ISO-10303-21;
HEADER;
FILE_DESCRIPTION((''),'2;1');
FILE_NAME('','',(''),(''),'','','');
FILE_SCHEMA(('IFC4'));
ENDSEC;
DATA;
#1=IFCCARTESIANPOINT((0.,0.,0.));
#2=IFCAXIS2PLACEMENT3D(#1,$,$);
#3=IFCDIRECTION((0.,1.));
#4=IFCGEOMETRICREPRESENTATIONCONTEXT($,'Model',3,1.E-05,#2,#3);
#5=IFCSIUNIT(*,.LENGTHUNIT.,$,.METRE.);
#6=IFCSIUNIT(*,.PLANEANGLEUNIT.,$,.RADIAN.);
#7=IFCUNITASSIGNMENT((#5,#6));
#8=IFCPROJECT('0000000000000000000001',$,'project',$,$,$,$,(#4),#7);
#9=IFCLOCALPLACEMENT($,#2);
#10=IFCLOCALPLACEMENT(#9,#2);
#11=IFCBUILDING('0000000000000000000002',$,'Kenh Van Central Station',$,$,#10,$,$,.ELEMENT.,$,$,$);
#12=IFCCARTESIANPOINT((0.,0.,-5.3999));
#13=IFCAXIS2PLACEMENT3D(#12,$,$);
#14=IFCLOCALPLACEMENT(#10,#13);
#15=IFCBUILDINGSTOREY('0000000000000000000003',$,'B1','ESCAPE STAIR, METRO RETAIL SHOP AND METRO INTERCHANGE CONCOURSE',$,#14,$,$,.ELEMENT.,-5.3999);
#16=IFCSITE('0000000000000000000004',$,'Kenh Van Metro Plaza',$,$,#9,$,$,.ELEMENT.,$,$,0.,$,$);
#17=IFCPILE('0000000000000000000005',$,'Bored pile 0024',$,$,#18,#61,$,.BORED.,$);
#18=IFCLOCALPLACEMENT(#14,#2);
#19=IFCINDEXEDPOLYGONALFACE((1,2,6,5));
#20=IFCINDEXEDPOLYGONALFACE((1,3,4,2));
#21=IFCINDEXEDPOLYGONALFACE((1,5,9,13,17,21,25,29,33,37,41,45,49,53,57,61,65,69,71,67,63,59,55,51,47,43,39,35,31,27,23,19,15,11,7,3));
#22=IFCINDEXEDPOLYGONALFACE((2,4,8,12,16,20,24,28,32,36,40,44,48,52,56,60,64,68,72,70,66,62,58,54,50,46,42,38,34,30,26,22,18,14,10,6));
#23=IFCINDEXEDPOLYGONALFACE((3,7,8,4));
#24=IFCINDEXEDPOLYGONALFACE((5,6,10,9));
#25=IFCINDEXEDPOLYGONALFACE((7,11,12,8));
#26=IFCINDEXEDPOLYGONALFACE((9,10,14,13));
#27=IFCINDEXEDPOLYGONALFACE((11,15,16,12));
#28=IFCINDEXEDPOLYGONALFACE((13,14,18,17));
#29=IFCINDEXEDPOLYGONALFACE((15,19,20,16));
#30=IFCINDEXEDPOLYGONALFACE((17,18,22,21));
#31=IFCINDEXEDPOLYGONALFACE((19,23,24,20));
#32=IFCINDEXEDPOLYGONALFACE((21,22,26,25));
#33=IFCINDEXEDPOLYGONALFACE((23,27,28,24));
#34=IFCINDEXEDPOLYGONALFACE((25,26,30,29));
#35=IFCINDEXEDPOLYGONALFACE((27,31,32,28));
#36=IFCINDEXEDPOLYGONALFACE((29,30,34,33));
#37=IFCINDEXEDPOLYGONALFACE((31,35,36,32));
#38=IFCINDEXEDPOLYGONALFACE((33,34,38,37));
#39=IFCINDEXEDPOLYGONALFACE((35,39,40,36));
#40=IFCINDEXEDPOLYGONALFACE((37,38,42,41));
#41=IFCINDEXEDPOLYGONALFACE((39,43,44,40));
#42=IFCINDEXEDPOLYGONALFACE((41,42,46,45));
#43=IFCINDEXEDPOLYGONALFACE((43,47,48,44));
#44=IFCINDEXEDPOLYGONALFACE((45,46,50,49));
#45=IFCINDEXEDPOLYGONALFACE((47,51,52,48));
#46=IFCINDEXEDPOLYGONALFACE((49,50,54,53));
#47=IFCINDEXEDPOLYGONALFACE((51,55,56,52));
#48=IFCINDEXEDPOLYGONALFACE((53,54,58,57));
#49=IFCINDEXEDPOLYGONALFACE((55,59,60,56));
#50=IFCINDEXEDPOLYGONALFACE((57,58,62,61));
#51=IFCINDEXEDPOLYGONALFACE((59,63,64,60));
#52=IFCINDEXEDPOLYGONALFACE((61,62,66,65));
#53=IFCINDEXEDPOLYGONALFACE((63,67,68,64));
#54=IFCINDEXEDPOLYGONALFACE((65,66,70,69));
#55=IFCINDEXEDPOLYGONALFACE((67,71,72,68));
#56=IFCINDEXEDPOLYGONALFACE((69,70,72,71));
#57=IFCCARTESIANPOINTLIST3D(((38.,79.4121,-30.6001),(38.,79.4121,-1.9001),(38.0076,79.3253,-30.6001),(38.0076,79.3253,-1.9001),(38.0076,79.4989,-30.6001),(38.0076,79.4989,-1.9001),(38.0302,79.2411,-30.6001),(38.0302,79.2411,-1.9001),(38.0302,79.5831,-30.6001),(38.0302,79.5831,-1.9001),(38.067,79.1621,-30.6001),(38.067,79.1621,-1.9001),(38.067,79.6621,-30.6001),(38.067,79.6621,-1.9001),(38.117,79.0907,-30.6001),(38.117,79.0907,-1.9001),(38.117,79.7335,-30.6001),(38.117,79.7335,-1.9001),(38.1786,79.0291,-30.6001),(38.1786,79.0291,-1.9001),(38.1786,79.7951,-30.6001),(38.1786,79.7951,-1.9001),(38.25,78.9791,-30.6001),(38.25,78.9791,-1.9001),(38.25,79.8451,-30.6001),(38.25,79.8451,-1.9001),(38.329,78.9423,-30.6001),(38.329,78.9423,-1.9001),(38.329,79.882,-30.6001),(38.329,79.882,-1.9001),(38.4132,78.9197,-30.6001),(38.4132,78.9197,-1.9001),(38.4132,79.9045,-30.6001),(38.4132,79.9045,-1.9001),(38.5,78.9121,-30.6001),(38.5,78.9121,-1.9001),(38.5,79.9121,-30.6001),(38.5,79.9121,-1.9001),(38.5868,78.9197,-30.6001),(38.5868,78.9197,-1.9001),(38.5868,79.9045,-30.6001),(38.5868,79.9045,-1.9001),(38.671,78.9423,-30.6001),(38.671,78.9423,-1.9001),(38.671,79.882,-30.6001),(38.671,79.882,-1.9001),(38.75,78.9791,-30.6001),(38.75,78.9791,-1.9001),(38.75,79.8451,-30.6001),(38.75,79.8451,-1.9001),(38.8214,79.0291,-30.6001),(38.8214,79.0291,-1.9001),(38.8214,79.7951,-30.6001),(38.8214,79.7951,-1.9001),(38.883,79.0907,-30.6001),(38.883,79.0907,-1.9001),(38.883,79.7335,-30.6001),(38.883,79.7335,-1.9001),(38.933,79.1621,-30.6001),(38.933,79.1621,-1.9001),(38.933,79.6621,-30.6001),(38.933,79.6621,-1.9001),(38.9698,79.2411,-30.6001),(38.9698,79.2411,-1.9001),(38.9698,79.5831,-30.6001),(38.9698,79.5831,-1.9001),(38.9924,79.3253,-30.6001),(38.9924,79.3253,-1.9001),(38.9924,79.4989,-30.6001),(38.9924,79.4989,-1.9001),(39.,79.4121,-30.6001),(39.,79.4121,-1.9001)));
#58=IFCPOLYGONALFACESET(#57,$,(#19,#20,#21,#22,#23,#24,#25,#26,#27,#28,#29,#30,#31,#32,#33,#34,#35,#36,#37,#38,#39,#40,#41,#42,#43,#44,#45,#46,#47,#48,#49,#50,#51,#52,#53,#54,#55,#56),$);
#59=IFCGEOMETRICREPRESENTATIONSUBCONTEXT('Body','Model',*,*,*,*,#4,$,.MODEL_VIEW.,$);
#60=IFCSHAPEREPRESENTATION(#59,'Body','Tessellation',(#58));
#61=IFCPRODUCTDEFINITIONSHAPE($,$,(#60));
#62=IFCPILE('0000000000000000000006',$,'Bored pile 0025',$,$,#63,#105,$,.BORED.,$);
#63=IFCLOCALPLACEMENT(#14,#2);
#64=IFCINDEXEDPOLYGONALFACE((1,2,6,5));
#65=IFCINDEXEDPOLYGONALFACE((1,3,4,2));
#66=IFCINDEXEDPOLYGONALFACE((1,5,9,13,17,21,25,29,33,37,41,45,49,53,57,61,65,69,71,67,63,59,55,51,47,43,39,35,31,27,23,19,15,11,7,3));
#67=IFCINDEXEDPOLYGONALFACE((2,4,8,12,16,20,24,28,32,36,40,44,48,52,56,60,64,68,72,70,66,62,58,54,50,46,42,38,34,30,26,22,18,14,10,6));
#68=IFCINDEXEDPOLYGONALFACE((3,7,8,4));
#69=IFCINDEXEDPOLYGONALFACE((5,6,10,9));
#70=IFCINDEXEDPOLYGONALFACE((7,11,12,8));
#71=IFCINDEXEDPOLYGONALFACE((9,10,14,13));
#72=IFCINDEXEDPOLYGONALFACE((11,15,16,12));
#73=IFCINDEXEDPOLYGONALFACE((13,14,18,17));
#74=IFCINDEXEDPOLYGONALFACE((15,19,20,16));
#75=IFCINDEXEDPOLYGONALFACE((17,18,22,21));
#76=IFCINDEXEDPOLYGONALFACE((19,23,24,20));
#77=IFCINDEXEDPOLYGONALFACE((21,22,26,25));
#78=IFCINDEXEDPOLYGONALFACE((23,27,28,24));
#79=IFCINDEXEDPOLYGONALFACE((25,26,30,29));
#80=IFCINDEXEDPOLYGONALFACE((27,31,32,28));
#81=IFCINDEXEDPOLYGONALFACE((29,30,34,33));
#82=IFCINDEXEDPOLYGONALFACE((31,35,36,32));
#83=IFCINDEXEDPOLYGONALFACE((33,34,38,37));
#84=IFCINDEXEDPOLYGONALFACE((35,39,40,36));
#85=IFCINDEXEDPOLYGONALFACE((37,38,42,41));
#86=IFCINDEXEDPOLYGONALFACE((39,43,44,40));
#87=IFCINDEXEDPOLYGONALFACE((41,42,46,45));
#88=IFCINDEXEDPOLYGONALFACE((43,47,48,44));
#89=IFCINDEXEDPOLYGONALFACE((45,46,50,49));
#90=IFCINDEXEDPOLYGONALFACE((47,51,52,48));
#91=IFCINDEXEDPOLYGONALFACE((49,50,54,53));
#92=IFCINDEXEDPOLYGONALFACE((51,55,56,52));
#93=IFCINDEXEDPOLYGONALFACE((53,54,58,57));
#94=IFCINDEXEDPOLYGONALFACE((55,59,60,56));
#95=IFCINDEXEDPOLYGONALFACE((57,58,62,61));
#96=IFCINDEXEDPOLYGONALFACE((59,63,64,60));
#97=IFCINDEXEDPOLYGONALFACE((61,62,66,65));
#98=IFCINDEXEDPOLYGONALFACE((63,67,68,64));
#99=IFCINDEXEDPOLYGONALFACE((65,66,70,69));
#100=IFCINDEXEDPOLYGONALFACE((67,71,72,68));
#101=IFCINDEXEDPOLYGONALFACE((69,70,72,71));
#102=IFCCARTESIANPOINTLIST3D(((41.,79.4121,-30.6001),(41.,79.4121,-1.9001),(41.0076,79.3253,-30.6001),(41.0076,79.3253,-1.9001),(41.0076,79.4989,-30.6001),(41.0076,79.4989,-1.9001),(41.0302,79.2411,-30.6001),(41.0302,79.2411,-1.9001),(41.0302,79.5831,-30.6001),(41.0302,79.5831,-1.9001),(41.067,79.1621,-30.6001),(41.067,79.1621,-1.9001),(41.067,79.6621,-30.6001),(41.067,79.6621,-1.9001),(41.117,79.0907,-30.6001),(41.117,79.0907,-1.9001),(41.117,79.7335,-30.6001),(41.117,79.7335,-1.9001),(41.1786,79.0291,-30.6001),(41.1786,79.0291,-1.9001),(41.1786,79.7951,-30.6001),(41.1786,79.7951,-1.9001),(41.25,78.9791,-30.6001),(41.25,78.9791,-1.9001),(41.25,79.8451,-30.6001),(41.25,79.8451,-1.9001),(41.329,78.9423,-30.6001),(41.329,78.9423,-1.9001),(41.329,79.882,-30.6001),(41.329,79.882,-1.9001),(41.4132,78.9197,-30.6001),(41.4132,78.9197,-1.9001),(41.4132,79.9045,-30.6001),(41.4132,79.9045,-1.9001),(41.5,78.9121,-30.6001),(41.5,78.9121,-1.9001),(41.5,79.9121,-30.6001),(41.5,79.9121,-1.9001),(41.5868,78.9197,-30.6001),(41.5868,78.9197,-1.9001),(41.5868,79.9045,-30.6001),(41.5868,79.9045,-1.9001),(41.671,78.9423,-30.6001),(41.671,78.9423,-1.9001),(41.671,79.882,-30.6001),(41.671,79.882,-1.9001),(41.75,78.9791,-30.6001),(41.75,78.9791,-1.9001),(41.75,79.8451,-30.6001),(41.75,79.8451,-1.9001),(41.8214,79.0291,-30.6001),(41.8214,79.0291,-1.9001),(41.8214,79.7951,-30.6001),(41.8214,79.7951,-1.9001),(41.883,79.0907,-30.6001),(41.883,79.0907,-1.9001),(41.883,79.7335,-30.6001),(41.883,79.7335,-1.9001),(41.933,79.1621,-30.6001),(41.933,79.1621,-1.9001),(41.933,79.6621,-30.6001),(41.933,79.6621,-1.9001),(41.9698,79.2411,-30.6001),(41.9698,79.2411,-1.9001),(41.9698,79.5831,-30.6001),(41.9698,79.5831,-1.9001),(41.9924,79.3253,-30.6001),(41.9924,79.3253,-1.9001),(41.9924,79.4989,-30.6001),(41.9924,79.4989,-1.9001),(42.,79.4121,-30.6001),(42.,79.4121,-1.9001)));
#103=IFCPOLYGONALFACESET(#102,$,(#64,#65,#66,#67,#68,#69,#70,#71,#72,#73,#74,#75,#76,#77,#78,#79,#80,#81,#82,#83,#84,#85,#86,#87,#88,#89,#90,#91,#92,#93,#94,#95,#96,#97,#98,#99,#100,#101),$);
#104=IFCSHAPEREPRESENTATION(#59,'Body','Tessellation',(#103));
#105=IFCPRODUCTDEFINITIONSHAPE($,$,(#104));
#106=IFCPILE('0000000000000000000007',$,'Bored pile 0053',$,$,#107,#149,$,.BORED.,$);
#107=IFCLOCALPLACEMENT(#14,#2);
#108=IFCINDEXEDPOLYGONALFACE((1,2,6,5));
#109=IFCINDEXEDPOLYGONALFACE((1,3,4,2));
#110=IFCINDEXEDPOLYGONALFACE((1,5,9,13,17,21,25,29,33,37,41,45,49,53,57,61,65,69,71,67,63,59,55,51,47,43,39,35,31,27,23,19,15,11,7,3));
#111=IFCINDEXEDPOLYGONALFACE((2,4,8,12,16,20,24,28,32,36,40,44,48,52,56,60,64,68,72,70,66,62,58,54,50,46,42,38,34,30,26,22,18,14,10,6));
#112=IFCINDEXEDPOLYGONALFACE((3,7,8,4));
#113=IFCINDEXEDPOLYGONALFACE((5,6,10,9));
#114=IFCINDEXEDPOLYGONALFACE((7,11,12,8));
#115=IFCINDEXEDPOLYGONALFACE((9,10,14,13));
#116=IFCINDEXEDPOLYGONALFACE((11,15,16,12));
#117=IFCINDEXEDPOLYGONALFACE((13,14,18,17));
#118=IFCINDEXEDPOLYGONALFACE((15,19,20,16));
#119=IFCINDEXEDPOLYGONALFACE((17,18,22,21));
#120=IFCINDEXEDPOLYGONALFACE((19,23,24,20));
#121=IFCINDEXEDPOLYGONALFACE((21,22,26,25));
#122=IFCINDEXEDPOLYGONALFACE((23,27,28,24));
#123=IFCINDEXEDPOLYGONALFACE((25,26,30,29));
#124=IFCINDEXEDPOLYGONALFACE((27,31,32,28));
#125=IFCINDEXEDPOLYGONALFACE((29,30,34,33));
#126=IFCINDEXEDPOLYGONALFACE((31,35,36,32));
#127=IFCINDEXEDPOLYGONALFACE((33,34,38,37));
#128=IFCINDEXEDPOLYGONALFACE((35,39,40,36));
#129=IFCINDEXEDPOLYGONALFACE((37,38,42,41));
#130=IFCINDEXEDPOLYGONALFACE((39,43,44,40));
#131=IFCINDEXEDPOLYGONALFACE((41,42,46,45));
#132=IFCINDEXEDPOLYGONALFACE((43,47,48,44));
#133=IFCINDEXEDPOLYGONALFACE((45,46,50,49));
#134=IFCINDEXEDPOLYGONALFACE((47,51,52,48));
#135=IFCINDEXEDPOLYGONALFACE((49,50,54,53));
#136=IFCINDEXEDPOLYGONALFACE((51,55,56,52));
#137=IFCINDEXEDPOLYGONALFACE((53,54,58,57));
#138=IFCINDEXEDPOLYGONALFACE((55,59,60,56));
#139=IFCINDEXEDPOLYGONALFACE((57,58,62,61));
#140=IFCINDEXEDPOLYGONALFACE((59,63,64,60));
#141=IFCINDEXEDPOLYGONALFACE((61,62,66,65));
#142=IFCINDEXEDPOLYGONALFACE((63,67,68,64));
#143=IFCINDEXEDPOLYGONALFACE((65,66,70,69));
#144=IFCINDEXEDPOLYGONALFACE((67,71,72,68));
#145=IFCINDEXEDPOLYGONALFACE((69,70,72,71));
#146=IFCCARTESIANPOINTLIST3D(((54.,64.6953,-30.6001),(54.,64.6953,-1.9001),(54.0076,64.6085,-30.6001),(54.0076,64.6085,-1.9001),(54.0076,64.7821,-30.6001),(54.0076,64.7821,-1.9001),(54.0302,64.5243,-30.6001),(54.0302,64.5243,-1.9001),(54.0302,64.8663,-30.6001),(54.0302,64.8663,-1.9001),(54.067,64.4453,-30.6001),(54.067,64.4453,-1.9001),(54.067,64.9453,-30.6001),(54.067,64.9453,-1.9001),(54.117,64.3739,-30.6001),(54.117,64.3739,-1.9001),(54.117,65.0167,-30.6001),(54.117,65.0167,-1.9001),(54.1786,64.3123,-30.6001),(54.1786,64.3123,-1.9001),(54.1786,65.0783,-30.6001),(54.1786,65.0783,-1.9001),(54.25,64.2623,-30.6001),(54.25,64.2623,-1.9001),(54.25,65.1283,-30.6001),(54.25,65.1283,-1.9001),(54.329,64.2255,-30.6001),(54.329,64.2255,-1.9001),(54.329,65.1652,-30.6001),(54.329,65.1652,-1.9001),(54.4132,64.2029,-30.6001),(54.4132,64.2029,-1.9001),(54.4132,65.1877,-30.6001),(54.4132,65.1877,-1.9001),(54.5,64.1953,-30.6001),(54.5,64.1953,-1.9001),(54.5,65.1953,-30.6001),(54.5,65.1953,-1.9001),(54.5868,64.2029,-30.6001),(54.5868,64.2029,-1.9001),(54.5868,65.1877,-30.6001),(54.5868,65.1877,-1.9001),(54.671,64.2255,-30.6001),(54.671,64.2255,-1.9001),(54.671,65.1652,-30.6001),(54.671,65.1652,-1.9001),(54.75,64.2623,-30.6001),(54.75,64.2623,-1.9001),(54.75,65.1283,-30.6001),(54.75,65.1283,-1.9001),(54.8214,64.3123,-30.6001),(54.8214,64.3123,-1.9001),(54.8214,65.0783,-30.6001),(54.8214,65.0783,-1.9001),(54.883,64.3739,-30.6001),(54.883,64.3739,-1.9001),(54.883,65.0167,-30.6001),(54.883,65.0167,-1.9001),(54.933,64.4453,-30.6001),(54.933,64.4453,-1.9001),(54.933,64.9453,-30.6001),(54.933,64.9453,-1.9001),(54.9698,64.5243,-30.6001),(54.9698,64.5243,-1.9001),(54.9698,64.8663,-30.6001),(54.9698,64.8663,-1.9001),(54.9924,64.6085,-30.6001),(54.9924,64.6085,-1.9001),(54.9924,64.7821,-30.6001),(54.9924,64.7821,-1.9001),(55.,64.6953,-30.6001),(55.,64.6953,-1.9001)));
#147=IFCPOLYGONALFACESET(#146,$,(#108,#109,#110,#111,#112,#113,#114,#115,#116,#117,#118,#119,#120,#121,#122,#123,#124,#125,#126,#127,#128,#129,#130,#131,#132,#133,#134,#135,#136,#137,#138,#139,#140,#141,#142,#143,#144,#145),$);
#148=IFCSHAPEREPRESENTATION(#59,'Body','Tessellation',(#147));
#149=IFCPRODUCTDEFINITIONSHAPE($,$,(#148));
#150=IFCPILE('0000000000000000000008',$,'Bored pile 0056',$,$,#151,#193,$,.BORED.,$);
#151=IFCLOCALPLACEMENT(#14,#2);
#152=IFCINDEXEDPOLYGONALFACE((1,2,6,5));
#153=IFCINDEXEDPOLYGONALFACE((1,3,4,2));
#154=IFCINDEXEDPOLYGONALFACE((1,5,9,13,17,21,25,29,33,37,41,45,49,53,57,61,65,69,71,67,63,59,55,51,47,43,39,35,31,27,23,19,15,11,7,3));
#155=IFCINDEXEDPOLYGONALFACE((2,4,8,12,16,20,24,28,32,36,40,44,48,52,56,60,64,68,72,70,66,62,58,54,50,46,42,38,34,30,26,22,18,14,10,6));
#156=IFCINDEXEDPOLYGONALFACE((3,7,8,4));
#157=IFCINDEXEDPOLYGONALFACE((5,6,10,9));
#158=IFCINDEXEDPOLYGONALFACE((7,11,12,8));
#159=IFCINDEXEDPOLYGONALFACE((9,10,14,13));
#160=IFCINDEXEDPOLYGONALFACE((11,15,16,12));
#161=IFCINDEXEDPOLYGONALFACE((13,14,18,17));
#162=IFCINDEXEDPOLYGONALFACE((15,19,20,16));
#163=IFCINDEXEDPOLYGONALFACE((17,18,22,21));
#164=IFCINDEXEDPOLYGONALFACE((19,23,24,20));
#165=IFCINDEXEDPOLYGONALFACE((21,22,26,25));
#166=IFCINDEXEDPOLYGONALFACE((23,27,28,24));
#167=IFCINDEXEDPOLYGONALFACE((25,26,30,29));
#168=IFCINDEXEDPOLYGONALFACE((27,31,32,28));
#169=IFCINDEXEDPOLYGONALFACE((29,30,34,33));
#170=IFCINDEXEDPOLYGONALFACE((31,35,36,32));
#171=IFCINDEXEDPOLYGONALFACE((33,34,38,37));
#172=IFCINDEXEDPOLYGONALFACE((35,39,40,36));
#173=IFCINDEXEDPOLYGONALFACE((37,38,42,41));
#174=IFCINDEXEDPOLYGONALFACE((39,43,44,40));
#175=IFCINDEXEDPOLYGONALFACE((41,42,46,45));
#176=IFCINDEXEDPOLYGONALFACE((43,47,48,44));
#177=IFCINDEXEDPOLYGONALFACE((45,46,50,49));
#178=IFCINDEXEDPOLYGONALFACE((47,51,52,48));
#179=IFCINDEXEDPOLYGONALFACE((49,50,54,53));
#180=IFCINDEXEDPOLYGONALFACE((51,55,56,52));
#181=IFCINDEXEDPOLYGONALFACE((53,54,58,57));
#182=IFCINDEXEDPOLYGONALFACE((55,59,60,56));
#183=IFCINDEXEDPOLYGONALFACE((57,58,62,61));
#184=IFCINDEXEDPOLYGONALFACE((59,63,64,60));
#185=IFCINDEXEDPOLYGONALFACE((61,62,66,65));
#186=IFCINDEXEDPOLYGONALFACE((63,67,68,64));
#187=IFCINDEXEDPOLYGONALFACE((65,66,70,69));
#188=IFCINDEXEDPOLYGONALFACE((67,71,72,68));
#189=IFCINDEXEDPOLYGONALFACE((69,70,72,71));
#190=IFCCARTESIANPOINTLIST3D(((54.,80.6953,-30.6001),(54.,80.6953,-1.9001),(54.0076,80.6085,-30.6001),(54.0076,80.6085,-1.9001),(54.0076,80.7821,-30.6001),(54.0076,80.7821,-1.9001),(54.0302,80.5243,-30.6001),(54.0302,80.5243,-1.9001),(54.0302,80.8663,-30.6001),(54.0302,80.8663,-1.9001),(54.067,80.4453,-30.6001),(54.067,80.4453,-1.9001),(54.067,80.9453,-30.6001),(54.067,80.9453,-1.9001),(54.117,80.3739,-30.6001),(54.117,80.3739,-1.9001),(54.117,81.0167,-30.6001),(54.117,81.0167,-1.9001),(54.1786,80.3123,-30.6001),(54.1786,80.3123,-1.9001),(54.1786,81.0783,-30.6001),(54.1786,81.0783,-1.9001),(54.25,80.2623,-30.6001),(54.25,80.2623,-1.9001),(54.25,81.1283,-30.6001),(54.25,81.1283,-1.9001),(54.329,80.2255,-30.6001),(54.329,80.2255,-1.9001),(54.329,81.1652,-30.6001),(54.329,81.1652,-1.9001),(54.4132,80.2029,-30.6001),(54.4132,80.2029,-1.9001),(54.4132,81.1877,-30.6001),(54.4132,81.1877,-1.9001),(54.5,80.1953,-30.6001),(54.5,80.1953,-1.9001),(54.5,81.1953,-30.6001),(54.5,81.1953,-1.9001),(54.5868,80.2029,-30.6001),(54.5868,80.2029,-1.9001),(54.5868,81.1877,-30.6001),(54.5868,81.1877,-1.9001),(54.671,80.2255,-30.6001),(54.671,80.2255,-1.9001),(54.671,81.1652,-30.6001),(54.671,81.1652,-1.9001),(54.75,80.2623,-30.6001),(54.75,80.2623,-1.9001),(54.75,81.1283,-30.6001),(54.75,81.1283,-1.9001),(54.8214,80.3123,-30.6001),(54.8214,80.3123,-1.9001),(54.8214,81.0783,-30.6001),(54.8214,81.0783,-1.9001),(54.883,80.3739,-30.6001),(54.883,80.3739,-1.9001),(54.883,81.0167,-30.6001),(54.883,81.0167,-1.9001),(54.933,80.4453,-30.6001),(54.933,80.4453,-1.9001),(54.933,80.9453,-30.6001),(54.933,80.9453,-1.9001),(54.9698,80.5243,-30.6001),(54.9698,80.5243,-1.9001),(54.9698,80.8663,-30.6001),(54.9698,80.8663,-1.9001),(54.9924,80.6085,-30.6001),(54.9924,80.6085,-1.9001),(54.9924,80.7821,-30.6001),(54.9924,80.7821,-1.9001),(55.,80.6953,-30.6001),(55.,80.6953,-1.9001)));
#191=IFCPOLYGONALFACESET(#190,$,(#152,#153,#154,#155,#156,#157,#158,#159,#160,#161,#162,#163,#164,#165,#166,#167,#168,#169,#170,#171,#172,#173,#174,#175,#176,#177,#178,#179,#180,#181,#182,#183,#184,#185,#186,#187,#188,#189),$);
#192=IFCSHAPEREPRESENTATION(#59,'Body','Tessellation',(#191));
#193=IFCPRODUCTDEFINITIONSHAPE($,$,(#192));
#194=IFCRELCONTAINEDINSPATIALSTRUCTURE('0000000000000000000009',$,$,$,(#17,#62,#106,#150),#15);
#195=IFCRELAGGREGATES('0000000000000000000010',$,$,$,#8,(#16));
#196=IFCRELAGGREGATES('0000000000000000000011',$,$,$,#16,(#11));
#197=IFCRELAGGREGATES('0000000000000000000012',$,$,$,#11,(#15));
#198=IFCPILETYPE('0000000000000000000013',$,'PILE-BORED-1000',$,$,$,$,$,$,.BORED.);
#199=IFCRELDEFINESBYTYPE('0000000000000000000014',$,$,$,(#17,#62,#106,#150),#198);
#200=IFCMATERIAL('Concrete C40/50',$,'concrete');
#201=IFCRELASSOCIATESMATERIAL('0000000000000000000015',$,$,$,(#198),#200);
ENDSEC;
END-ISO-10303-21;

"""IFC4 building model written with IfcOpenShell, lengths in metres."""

from ifc_helpers import new_model, si_unit, direction, frame, origin, origin_2d, place, context, subcontext, project, spatial, circle, extrude, material, material_profile, profile_set, type_object, element, save


model = new_model("IFC4")

# Units and contexts
model_context = context("Model", 3, precision=1e-05, world=origin(), true_north=direction((0.0, 1.0)))
body_context = subcontext(model_context, "Body", "Model", "MODEL_VIEW")
ifc_project = project(units=[si_unit("LENGTHUNIT", "METRE"), si_unit("PLANEANGLEUNIT", "RADIAN")], contexts=[model_context])

# Site, building, storey
site_placement = place(None, origin())
site = spatial("IfcSite", under=ifc_project, at=site_placement, Name="Kenh Van Metro Plaza", CompositionType="ELEMENT", RefElevation=0.0)
building_placement = place(site_placement, origin())
building = spatial("IfcBuilding", under=site, at=building_placement, Name="Kenh Van Central Station", CompositionType="ELEMENT")
storey_placement = place(building_placement, frame((0.0, 0.0, -5.3999)))
storey = spatial("IfcBuildingStorey", under=building, at=storey_placement, Name="B1", Description="ESCAPE STAIR, METRO RETAIL SHOP AND METRO INTERCHANGE CONCOURSE", CompositionType="ELEMENT", Elevation=-5.3999)

# Shared definitions
ifc_material = material(Name="Concrete C40/50", Category="concrete")

# Piles
ifc_material_profile_1 = material_profile(ifc_material, circle(Radius=0.5, at=origin_2d()), Name="PILE D1000")
ifc_profile_set_1 = profile_set([ifc_material_profile_1], Name="Concrete C40/50")
pile_type_1 = type_object("IfcPileType", Name="PILE-BORED-1000", PredefinedType="BORED", material=ifc_profile_set_1)
for number, where, z_axis, x_axis, name in (
    (1, (38.5, 79.4121, -1.9001), (0.0, 0.0, -1.0), (1.0, 0.0, 0.0), "Bored pile 0024"),
    (2, (41.5, 79.4121, -1.9001), (0.0, 0.0, -1.0), (1.0, 0.0, 0.0), "Bored pile 0025"),
    (3, (54.5, 64.6953, -1.9001), (0.0, 0.0, -1.0), (1.0, 0.0, 0.0), "Bored pile 0053"),
    (4, (54.5, 80.6953, -1.9001), (0.0, 0.0, -1.0), (1.0, 0.0, 0.0), "Bored pile 0056"),
):
    element("IfcPile", number, at=place(storey_placement, frame(where, z_axis=z_axis, x_axis=x_axis)), inside=storey, type_object=pile_type_1, Name=name, PredefinedType="BORED", context=body_context, shape_type="SweptSolid", body=[
        extrude(circle(Radius=0.5, at=origin_2d()), origin(), (0.0, 0.0, 1.0), 28.7),
    ])

save(model, "model.ifc")
